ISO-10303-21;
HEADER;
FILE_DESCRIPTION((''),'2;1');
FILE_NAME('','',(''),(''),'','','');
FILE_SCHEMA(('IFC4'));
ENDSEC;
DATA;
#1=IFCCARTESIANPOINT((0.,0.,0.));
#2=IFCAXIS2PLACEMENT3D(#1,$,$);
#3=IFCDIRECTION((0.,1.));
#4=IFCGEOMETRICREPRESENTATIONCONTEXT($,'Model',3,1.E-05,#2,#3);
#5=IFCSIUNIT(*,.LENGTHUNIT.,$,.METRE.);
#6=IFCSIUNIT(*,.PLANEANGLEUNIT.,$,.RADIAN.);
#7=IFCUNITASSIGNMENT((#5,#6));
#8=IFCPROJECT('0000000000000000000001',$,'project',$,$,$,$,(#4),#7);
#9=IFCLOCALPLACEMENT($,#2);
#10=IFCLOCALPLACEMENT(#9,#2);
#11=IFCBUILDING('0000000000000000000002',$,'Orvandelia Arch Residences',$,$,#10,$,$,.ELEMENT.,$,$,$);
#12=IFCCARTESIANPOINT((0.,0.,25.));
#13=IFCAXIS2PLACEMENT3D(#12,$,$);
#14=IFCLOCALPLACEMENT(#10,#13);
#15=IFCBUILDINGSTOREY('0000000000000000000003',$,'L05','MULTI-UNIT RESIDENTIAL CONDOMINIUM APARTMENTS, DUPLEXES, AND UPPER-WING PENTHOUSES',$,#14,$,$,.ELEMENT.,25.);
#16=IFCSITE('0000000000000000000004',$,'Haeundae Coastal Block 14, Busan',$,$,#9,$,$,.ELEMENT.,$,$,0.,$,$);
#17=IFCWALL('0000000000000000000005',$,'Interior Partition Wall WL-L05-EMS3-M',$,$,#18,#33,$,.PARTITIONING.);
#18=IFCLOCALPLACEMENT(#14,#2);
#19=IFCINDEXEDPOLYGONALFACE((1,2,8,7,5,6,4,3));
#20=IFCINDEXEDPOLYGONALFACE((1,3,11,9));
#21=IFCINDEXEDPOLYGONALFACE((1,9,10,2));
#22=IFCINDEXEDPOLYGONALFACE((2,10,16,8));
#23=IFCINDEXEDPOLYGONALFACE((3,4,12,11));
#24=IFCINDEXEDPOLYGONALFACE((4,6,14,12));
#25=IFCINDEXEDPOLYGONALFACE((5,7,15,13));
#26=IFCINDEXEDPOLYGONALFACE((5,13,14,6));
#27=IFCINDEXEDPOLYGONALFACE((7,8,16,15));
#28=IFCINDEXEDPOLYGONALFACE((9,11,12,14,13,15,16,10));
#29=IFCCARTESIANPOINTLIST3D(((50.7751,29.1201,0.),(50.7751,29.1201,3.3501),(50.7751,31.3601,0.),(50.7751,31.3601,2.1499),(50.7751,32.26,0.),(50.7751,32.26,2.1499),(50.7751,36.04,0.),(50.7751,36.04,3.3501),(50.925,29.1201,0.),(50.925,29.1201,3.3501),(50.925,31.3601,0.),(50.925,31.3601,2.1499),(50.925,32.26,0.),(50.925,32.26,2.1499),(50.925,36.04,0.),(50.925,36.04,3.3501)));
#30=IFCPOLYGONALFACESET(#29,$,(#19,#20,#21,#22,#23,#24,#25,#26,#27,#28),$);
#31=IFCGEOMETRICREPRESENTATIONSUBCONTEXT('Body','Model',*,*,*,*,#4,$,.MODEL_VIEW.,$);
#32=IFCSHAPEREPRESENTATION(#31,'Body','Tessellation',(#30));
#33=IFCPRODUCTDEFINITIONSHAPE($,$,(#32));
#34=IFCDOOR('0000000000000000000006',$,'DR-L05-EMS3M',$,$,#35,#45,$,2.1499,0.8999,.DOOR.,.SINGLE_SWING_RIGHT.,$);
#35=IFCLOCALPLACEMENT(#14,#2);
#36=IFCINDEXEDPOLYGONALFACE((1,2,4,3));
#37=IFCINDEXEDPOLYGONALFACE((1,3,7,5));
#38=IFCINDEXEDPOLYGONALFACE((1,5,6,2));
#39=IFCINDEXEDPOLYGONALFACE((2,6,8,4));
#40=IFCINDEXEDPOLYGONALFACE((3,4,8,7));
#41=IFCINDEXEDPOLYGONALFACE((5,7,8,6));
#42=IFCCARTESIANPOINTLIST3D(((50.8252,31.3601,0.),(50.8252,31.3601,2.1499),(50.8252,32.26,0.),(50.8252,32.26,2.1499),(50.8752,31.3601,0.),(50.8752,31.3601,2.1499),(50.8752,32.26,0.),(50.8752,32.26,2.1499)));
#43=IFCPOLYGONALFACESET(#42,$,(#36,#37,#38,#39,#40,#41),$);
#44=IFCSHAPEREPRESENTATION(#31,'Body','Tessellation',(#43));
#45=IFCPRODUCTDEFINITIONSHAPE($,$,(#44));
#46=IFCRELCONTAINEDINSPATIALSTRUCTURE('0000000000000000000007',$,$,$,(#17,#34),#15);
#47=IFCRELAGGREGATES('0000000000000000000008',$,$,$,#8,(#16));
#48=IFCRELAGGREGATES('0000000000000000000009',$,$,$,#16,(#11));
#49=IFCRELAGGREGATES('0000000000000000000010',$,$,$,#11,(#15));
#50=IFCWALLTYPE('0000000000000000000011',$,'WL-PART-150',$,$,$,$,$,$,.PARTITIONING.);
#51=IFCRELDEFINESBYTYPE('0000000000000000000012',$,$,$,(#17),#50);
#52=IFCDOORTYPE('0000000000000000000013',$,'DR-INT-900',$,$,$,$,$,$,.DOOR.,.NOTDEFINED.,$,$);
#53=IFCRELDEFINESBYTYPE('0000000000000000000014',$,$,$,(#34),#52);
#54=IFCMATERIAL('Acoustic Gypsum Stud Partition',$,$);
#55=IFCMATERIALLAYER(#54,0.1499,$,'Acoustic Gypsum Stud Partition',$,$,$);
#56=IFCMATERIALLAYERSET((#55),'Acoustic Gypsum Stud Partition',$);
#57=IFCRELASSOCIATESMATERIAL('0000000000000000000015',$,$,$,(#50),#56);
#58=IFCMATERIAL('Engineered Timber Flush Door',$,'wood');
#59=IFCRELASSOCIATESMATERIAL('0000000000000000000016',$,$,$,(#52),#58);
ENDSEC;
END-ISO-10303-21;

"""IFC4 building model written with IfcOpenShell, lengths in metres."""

from ifc_helpers import new_model, si_unit, direction, frame, frame_2d, origin, place, context, subcontext, project, spatial, rectangle, extrude, material, layer, layer_set, type_object, element, fill, save


model = new_model("IFC4")

# Units and contexts
model_context = context("Model", 3, precision=1e-05, world=origin(), true_north=direction((0.0, 1.0)))
body_context = subcontext(model_context, "Body", "Model", "MODEL_VIEW")
ifc_project = project(units=[si_unit("LENGTHUNIT", "METRE"), si_unit("PLANEANGLEUNIT", "RADIAN")], contexts=[model_context])

# Site, building, storey
site_placement = place(None, origin())
site = spatial("IfcSite", under=ifc_project, at=site_placement, Name="Haeundae Coastal Block 14, Busan", CompositionType="ELEMENT", RefElevation=0.0)
building_placement = place(site_placement, origin())
building = spatial("IfcBuilding", under=site, at=building_placement, Name="Orvandelia Arch Residences", CompositionType="ELEMENT")
storey_placement = place(building_placement, frame((0.0, 0.0, 25.0)))
storey = spatial("IfcBuildingStorey", under=building, at=storey_placement, Name="L05", Description="MULTI-UNIT RESIDENTIAL CONDOMINIUM APARTMENTS, DUPLEXES, AND UPPER-WING PENTHOUSES", CompositionType="ELEMENT", Elevation=25.0)

# Wall, opening, door
ifc_material_1 = material(Name="Acoustic Gypsum Stud Partition")
ifc_layer_1 = layer(ifc_material_1, 0.1499, Name="Acoustic Gypsum Stud Partition")
ifc_layer_set_1 = layer_set([ifc_layer_1], Name="Acoustic Gypsum Stud Partition")
wall_type_1 = type_object("IfcWallType", Name="WL-PART-150", PredefinedType="PARTITIONING", material=ifc_layer_set_1)
wall_1_placement = place(storey_placement, frame((50.8501, 29.1201, 0.0), z_axis=(0.0, 0.0, 1.0), x_axis=(0.0, 1.0, 0.0)))
wall_1 = element("IfcWall", 1, at=wall_1_placement, inside=storey, type_object=wall_type_1, Name="Interior Partition Wall WL-L05-EMS3-M", PredefinedType="PARTITIONING", context=body_context, shape_type="SweptSolid", body=[
    extrude(rectangle(XDim=6.9199, YDim=0.1499, at=frame_2d((3.46, 0.0))), origin(), (0.0, 0.0, 1.0), 3.3501),
])
opening_1_placement = place(wall_1_placement, frame((2.24, 0.0, 0.0)))
opening_1 = element("IfcOpeningElement", 2, at=opening_1_placement, cuts=wall_1, PredefinedType="OPENING", context=body_context, shape_type="SweptSolid", body=[
    extrude(rectangle(XDim=0.8999, YDim=2.1499, at=frame_2d((0.45, 1.075))), frame((0.0, 0.085, 0.0), z_axis=(0.0, -1.0, 0.0), x_axis=(1.0, 0.0, 0.0)), (0.0, 0.0, 1.0), 0.1699),
])
ifc_material_2 = material(Name="Engineered Timber Flush Door", Category="wood")
door_type = type_object("IfcDoorType", Name="DR-INT-900", OperationType="NOTDEFINED", PredefinedType="DOOR", material=ifc_material_2)
door_placement = place(opening_1_placement, origin())
door = element("IfcDoor", 3, at=door_placement, inside=storey, type_object=door_type, Name="DR-L05-EMS3M", OperationType="SINGLE_SWING_RIGHT", OverallHeight=2.1499, OverallWidth=0.8999, PredefinedType="DOOR", context=body_context, shape_type="SweptSolid", body=[
    extrude(rectangle(XDim=0.8999, YDim=2.1499, at=frame_2d((0.45, 1.075))), frame((0.0, 0.0249, 0.0), z_axis=(0.0, -1.0, 0.0), x_axis=(1.0, 0.0, 0.0)), (0.0, 0.0, 1.0), 0.05),
])
fill(opening_1, door)

save(model, "model.ifc")
